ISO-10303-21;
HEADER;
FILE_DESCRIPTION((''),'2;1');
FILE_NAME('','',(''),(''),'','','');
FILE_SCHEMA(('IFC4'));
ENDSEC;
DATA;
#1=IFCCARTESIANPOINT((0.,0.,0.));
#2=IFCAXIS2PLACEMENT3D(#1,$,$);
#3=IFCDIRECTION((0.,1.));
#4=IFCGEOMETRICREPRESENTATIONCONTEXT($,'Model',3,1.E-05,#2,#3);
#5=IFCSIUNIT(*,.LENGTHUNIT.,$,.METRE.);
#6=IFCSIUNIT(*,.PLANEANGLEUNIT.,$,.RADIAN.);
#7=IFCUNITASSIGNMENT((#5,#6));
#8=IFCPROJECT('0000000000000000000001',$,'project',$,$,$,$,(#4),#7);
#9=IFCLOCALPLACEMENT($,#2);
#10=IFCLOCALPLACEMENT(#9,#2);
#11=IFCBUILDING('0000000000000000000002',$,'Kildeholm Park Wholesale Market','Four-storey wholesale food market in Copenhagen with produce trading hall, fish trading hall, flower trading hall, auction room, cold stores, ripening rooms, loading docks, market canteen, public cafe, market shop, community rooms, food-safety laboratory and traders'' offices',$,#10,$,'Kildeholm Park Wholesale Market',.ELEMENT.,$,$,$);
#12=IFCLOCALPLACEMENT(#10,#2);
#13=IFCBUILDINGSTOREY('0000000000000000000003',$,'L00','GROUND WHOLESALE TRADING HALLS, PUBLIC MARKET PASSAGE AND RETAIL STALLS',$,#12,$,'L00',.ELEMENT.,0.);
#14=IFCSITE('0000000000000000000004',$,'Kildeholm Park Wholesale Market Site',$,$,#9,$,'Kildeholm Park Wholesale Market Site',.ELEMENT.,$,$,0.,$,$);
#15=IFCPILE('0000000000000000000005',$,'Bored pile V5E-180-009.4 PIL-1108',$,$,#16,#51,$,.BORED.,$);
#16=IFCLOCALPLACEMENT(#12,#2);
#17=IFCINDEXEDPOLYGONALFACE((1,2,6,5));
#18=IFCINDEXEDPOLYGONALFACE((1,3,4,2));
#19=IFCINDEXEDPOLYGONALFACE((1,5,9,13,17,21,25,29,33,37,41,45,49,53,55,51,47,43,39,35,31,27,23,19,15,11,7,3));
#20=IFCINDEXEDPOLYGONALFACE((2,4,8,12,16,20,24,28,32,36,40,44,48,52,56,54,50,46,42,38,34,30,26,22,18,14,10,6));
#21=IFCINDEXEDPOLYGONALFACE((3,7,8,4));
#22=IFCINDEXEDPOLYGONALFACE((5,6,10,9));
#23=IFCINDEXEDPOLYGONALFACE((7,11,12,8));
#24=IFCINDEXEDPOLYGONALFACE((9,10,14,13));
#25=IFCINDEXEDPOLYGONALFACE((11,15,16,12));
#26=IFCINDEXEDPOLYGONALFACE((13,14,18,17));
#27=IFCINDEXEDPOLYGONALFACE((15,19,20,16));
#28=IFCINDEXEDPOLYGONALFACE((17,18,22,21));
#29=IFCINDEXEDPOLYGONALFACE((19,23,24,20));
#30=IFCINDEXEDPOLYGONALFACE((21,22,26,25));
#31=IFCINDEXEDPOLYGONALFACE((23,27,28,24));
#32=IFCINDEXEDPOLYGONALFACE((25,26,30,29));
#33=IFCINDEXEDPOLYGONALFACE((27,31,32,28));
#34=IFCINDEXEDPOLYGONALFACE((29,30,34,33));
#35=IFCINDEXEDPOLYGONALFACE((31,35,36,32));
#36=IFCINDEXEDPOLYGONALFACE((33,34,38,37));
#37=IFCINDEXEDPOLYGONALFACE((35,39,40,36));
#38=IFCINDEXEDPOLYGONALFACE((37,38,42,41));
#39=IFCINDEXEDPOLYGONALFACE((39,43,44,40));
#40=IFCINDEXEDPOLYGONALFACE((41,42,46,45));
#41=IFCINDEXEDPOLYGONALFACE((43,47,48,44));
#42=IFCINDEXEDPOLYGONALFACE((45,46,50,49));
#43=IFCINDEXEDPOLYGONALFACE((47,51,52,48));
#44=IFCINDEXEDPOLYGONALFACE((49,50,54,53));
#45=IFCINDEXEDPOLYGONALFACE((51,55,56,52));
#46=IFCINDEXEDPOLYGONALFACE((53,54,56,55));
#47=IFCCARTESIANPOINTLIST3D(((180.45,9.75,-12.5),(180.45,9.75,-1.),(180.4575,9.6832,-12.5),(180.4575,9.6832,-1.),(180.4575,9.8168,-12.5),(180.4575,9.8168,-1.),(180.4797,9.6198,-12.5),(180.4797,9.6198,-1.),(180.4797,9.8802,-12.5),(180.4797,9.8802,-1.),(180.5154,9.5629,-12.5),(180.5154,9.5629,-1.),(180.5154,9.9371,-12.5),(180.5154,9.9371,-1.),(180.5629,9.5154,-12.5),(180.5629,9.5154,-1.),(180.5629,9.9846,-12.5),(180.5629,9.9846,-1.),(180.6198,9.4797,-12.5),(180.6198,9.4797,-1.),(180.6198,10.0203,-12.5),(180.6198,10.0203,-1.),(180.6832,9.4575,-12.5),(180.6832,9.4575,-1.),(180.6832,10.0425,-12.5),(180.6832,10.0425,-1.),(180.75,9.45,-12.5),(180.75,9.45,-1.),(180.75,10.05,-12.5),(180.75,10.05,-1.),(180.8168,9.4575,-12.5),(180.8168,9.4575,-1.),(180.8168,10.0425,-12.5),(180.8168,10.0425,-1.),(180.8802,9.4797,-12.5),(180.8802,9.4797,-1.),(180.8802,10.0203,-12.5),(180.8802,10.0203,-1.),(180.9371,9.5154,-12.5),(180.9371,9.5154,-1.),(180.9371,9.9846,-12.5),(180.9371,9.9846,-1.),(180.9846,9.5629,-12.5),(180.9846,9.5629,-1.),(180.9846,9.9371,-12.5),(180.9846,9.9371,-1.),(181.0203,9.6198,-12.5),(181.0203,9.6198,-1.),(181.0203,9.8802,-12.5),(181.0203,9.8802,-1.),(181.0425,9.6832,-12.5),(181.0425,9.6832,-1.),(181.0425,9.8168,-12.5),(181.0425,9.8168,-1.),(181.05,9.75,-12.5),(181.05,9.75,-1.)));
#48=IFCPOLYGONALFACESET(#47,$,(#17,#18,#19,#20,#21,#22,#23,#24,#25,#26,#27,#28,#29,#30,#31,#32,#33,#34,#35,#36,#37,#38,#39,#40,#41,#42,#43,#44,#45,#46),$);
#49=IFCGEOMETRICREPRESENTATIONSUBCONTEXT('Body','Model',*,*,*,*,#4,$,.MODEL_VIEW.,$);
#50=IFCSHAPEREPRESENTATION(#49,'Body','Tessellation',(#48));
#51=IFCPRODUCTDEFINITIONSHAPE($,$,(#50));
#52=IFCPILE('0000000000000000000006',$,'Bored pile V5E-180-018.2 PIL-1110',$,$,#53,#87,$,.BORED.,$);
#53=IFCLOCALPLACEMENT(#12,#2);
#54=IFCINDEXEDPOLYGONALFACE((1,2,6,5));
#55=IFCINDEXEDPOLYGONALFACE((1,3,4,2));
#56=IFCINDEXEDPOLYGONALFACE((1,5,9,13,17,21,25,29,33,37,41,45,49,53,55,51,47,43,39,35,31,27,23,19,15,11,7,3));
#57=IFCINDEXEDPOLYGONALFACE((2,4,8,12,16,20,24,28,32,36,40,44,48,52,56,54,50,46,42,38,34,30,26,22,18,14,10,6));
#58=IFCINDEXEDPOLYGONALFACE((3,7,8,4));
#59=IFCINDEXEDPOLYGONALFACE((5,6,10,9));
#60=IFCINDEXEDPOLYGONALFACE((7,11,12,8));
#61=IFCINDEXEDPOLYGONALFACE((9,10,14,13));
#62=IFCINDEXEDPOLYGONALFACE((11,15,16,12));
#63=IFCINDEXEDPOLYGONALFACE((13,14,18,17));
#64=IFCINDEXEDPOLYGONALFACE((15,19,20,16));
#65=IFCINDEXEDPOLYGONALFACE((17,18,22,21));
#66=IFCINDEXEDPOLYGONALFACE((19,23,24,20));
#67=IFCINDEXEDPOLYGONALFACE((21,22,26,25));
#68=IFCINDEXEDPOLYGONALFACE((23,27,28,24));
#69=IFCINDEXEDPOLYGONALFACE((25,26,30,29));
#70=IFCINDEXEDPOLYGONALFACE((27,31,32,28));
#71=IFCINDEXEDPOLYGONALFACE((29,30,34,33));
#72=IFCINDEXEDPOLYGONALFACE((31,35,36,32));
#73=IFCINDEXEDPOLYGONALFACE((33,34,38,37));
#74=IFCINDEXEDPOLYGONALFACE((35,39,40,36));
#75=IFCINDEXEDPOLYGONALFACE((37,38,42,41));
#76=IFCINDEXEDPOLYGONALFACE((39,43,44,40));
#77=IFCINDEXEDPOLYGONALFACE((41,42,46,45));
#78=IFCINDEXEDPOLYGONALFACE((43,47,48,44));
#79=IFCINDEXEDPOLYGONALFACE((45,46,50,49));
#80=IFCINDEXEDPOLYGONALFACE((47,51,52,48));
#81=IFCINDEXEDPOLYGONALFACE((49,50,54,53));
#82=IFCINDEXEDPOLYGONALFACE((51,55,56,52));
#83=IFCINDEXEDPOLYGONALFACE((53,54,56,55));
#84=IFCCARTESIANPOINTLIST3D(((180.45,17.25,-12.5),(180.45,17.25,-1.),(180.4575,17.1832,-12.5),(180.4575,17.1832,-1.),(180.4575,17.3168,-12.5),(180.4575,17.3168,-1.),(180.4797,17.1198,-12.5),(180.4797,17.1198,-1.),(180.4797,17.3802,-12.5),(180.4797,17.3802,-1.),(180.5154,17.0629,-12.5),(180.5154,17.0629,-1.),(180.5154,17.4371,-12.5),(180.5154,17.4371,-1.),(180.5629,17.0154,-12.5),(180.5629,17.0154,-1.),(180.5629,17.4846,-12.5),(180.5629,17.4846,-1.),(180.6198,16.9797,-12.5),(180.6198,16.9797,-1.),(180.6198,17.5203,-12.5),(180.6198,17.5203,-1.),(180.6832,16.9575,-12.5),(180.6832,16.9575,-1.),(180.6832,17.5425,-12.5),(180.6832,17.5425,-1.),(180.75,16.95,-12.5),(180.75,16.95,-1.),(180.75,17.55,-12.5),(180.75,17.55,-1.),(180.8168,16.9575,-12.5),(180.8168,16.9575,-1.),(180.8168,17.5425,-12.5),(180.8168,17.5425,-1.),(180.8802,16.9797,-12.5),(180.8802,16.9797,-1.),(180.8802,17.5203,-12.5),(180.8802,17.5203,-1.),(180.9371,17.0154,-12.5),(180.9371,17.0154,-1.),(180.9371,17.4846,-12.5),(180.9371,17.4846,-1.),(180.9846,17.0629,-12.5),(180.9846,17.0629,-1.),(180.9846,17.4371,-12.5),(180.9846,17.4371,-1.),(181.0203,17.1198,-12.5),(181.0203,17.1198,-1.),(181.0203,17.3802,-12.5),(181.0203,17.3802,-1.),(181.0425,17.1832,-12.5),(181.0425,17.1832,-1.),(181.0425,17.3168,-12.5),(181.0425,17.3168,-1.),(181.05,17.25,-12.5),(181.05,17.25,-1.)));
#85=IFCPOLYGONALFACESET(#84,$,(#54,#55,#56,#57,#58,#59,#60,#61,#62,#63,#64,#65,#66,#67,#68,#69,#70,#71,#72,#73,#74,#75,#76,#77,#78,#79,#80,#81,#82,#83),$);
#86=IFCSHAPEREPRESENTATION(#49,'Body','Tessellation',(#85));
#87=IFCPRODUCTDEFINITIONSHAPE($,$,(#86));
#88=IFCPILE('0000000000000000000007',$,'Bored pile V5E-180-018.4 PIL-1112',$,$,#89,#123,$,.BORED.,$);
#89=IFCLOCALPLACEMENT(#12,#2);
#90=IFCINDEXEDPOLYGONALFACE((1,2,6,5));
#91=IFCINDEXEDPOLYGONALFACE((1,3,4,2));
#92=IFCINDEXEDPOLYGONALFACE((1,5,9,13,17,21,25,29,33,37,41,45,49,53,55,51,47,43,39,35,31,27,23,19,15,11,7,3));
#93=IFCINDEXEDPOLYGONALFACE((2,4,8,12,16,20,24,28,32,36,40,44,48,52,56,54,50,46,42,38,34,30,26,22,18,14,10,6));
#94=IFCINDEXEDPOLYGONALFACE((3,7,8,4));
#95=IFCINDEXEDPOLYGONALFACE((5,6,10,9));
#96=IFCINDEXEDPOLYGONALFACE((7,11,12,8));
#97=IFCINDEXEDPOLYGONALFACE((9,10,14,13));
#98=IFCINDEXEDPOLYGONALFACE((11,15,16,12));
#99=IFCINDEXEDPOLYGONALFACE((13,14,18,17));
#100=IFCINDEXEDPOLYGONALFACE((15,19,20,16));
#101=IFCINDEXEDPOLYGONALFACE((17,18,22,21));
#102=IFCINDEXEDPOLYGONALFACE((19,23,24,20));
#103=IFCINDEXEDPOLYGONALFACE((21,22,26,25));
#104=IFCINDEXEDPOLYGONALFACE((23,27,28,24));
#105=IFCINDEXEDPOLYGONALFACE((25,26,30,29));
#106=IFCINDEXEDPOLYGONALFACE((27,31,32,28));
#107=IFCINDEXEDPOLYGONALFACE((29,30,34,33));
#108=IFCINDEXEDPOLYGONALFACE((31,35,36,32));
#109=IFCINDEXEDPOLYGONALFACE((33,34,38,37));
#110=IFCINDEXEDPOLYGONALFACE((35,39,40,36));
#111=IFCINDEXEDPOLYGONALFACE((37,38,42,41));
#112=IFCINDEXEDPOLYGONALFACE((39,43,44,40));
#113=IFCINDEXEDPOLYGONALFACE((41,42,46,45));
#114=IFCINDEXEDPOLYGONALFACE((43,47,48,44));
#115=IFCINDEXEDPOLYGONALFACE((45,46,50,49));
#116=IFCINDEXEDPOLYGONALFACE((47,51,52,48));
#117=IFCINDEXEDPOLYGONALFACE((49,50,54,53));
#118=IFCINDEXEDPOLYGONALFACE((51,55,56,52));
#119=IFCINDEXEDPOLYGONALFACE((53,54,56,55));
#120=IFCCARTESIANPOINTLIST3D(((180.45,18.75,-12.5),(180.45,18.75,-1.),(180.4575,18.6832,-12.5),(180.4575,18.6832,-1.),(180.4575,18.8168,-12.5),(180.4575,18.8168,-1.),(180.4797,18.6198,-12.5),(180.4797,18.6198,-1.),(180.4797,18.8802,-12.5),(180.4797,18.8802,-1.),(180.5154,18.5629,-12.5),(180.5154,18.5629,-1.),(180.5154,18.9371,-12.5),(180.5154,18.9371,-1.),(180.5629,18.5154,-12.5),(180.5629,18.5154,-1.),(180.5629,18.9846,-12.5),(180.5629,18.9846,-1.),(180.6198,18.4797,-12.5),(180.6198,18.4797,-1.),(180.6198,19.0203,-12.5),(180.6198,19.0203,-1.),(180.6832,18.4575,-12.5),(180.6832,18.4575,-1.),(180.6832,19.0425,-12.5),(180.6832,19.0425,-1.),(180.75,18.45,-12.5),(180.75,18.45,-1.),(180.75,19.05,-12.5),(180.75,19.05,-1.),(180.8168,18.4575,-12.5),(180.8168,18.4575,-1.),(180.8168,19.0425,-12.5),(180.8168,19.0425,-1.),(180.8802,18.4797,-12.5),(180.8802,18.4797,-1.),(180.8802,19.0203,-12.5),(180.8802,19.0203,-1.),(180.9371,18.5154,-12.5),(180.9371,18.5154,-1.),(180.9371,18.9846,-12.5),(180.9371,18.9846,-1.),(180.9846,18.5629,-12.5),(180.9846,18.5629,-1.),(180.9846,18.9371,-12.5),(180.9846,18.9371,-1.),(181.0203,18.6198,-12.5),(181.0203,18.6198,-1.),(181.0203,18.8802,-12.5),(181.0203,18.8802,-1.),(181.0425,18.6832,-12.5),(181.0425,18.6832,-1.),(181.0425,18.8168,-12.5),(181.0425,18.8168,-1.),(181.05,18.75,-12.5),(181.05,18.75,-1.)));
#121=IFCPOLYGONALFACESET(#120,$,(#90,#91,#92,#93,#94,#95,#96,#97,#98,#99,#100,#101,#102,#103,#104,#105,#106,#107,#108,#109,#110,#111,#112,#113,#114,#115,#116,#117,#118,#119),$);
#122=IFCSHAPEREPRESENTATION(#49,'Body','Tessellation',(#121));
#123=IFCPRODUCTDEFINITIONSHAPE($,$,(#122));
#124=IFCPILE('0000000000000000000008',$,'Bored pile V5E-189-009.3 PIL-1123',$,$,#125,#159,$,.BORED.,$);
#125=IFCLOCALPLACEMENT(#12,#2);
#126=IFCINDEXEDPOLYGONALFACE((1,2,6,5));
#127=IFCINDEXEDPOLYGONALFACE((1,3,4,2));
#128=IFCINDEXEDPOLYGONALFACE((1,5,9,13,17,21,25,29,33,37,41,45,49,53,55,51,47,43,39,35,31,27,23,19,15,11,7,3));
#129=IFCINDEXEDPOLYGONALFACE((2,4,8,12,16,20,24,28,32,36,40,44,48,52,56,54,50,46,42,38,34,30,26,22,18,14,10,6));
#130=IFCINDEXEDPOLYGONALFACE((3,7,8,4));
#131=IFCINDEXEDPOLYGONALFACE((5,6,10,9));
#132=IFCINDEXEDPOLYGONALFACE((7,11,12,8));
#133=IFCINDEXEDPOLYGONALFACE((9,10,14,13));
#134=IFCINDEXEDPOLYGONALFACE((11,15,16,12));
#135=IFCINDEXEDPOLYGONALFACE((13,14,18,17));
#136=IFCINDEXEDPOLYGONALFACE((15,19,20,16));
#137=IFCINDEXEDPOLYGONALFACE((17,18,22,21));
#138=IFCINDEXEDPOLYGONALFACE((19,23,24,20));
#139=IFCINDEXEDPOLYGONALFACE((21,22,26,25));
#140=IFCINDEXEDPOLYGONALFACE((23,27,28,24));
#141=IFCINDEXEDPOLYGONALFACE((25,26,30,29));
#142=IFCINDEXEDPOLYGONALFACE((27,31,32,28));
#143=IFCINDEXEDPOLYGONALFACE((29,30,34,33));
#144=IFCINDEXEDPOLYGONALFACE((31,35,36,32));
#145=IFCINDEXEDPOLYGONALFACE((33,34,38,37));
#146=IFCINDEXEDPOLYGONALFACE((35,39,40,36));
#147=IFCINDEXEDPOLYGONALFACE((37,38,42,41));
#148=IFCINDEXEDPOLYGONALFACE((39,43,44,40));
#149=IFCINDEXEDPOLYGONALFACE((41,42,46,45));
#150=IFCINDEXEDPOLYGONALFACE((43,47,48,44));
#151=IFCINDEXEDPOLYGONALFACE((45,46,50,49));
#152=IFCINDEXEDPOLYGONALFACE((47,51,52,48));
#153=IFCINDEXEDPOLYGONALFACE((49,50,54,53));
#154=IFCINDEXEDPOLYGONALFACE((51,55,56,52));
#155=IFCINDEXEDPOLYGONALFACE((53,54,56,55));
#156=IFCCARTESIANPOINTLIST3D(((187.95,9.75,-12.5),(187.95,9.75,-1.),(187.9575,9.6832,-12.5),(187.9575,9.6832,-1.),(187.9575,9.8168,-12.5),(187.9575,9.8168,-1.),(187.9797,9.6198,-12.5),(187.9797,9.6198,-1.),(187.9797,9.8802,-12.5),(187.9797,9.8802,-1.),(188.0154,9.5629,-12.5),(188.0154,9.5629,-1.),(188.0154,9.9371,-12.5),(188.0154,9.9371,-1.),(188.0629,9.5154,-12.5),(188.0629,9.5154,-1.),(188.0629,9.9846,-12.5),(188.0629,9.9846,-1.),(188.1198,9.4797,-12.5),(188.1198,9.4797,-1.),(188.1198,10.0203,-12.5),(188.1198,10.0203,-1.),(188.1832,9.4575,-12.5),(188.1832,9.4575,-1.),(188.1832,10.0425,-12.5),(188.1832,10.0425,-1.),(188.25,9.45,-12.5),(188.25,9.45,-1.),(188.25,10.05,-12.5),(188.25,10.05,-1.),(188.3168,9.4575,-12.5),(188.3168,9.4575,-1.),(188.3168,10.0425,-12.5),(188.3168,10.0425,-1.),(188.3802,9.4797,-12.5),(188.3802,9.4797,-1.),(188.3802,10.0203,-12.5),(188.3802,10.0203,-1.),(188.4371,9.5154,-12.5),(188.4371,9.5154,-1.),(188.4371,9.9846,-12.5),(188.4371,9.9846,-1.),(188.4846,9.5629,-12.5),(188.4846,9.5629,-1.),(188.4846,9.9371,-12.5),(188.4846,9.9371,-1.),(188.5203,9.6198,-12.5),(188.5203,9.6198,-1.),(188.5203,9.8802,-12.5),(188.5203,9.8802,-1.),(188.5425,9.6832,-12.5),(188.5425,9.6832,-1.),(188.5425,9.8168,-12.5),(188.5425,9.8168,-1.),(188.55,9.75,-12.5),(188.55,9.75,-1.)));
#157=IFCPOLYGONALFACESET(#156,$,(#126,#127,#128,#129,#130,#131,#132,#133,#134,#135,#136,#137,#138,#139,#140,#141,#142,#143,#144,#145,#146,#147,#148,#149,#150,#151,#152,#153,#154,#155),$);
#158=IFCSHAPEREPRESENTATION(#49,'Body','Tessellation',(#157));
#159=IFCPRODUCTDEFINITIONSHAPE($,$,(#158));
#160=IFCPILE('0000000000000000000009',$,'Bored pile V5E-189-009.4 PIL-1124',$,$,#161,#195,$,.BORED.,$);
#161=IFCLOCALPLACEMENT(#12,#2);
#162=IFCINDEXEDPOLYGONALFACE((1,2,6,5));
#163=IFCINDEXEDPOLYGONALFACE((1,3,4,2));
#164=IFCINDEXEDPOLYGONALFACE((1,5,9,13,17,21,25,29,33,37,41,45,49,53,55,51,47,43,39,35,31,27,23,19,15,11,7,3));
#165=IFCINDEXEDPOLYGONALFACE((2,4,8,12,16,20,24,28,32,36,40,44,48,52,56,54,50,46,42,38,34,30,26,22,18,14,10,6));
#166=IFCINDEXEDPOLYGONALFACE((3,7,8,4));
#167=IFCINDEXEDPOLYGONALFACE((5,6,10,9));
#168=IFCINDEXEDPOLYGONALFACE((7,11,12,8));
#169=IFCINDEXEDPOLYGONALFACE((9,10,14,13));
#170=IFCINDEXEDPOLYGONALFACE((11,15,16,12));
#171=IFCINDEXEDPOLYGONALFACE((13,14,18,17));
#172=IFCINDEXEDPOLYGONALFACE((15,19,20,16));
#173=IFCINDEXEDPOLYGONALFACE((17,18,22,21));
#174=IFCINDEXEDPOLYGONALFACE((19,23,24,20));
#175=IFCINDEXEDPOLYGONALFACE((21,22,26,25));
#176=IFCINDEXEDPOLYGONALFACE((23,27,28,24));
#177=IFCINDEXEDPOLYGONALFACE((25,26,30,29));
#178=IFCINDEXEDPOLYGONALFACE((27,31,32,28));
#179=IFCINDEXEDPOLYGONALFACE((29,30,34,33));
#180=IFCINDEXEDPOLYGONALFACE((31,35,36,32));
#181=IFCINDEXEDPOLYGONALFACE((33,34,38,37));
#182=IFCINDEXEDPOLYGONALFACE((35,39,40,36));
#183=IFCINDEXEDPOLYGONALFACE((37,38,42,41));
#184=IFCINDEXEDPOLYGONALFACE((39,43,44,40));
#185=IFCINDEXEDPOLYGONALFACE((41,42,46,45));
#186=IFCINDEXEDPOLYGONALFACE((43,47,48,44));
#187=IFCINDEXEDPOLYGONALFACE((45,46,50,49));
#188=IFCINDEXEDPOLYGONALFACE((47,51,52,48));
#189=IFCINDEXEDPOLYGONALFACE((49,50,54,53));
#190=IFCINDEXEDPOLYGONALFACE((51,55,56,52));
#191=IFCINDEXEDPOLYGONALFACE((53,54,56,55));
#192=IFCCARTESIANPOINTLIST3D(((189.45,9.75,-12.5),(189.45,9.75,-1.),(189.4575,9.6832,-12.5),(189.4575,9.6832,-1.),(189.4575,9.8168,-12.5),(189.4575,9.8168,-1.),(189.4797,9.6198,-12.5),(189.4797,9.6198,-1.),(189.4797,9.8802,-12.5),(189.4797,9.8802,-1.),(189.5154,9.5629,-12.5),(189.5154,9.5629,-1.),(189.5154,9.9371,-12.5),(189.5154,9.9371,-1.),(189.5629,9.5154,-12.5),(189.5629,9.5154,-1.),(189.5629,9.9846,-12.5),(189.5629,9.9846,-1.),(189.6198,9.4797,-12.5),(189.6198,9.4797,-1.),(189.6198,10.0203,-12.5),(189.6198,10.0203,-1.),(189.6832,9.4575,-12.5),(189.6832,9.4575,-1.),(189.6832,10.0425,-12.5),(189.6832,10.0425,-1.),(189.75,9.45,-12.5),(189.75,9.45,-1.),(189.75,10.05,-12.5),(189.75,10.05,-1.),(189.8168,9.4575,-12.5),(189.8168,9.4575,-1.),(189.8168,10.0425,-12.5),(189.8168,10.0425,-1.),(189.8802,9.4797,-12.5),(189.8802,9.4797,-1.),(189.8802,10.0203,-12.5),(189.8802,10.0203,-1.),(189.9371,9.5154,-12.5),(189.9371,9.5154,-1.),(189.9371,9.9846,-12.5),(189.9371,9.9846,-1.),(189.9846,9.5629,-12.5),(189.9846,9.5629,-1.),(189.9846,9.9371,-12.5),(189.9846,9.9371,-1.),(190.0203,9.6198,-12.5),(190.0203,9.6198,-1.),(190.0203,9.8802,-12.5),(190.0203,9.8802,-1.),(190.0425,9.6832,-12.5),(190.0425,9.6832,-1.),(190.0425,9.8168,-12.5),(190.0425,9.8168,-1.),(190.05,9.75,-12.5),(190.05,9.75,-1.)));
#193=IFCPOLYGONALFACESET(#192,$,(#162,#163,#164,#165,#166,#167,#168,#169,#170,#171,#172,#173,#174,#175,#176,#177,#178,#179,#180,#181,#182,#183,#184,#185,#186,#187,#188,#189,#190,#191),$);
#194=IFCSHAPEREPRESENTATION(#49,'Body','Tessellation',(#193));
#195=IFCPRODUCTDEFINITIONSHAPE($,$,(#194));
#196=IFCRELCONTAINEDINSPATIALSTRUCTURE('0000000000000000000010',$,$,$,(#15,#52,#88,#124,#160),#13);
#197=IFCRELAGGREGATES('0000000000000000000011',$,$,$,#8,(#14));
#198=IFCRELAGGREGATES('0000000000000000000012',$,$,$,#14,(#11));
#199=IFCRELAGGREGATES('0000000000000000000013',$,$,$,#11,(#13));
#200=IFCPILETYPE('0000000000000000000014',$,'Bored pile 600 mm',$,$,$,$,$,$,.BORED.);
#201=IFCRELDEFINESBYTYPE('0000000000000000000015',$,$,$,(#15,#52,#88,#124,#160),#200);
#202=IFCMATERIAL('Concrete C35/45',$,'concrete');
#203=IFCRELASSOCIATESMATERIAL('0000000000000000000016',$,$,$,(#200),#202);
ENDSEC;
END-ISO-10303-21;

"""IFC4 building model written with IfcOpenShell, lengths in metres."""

from ifc_helpers import new_model, si_unit, direction, frame, origin, origin_2d, place, context, subcontext, project, spatial, circle, extrude, material, material_profile, profile_set, type_object, element, save


model = new_model("IFC4")

# Units and contexts
model_context = context("Model", 3, precision=1e-05, world=origin(), true_north=direction((0.0, 1.0)))
body_context = subcontext(model_context, "Body", "Model", "MODEL_VIEW")
ifc_project = project(units=[si_unit("LENGTHUNIT", "METRE"), si_unit("PLANEANGLEUNIT", "RADIAN")], contexts=[model_context])

# Site, building, storey
site_placement = place(None, origin())
site = spatial("IfcSite", under=ifc_project, at=site_placement, Name="Kildeholm Park Wholesale Market Site", LongName="Kildeholm Park Wholesale Market Site", CompositionType="ELEMENT", RefElevation=0.0)
building_placement = place(site_placement, origin())
building = spatial("IfcBuilding", under=site, at=building_placement, Name="Kildeholm Park Wholesale Market", Description="Four-storey wholesale food market in Copenhagen with produce trading hall, fish trading hall, flower trading hall, auction room, cold stores, ripening rooms, loading docks, market canteen, public cafe, market shop, community rooms, food-safety laboratory and traders' offices", LongName="Kildeholm Park Wholesale Market", CompositionType="ELEMENT")
storey_placement = place(building_placement, origin())
storey = spatial("IfcBuildingStorey", under=building, at=storey_placement, Name="L00", Description="GROUND WHOLESALE TRADING HALLS, PUBLIC MARKET PASSAGE AND RETAIL STALLS", LongName="L00", CompositionType="ELEMENT", Elevation=0.0)

# Piles
ifc_material_1 = material(Name="Concrete C35/45", Category="concrete")
ifc_material_profile_1 = material_profile(ifc_material_1, circle(Radius=0.3, at=origin_2d()), Name="PILE D600")
ifc_profile_set_1 = profile_set([ifc_material_profile_1], Name="Concrete C35/45")
pile_type = type_object("IfcPileType", Name="Bored pile 600 mm", PredefinedType="BORED", material=ifc_profile_set_1)
for number, where, z_axis, x_axis, name in (
    (1, (180.75, 9.75, -1.0), (0.0, 0.0, -1.0), (1.0, 0.0, 0.0), "Bored pile V5E-180-009.4 PIL-1108"),
    (2, (180.75, 17.25, -1.0), (0.0, 0.0, -1.0), (1.0, 0.0, 0.0), "Bored pile V5E-180-018.2 PIL-1110"),
    (3, (180.75, 18.75, -1.0), (0.0, 0.0, -1.0), (1.0, 0.0, 0.0), "Bored pile V5E-180-018.4 PIL-1112"),
    (4, (188.25, 9.75, -1.0), (0.0, 0.0, -1.0), (1.0, 0.0, 0.0), "Bored pile V5E-189-009.3 PIL-1123"),
    (5, (189.75, 9.75, -1.0), (0.0, 0.0, -1.0), (1.0, 0.0, 0.0), "Bored pile V5E-189-009.4 PIL-1124"),
):
    element("IfcPile", number, at=place(storey_placement, frame(where, z_axis=z_axis, x_axis=x_axis)), inside=storey, type_object=pile_type, Name=name, PredefinedType="BORED", context=body_context, shape_type="SweptSolid", body=[
        extrude(circle(Radius=0.3, at=origin_2d()), origin(), (0.0, 0.0, 1.0), 11.5),
    ])

save(model, "model.ifc")
